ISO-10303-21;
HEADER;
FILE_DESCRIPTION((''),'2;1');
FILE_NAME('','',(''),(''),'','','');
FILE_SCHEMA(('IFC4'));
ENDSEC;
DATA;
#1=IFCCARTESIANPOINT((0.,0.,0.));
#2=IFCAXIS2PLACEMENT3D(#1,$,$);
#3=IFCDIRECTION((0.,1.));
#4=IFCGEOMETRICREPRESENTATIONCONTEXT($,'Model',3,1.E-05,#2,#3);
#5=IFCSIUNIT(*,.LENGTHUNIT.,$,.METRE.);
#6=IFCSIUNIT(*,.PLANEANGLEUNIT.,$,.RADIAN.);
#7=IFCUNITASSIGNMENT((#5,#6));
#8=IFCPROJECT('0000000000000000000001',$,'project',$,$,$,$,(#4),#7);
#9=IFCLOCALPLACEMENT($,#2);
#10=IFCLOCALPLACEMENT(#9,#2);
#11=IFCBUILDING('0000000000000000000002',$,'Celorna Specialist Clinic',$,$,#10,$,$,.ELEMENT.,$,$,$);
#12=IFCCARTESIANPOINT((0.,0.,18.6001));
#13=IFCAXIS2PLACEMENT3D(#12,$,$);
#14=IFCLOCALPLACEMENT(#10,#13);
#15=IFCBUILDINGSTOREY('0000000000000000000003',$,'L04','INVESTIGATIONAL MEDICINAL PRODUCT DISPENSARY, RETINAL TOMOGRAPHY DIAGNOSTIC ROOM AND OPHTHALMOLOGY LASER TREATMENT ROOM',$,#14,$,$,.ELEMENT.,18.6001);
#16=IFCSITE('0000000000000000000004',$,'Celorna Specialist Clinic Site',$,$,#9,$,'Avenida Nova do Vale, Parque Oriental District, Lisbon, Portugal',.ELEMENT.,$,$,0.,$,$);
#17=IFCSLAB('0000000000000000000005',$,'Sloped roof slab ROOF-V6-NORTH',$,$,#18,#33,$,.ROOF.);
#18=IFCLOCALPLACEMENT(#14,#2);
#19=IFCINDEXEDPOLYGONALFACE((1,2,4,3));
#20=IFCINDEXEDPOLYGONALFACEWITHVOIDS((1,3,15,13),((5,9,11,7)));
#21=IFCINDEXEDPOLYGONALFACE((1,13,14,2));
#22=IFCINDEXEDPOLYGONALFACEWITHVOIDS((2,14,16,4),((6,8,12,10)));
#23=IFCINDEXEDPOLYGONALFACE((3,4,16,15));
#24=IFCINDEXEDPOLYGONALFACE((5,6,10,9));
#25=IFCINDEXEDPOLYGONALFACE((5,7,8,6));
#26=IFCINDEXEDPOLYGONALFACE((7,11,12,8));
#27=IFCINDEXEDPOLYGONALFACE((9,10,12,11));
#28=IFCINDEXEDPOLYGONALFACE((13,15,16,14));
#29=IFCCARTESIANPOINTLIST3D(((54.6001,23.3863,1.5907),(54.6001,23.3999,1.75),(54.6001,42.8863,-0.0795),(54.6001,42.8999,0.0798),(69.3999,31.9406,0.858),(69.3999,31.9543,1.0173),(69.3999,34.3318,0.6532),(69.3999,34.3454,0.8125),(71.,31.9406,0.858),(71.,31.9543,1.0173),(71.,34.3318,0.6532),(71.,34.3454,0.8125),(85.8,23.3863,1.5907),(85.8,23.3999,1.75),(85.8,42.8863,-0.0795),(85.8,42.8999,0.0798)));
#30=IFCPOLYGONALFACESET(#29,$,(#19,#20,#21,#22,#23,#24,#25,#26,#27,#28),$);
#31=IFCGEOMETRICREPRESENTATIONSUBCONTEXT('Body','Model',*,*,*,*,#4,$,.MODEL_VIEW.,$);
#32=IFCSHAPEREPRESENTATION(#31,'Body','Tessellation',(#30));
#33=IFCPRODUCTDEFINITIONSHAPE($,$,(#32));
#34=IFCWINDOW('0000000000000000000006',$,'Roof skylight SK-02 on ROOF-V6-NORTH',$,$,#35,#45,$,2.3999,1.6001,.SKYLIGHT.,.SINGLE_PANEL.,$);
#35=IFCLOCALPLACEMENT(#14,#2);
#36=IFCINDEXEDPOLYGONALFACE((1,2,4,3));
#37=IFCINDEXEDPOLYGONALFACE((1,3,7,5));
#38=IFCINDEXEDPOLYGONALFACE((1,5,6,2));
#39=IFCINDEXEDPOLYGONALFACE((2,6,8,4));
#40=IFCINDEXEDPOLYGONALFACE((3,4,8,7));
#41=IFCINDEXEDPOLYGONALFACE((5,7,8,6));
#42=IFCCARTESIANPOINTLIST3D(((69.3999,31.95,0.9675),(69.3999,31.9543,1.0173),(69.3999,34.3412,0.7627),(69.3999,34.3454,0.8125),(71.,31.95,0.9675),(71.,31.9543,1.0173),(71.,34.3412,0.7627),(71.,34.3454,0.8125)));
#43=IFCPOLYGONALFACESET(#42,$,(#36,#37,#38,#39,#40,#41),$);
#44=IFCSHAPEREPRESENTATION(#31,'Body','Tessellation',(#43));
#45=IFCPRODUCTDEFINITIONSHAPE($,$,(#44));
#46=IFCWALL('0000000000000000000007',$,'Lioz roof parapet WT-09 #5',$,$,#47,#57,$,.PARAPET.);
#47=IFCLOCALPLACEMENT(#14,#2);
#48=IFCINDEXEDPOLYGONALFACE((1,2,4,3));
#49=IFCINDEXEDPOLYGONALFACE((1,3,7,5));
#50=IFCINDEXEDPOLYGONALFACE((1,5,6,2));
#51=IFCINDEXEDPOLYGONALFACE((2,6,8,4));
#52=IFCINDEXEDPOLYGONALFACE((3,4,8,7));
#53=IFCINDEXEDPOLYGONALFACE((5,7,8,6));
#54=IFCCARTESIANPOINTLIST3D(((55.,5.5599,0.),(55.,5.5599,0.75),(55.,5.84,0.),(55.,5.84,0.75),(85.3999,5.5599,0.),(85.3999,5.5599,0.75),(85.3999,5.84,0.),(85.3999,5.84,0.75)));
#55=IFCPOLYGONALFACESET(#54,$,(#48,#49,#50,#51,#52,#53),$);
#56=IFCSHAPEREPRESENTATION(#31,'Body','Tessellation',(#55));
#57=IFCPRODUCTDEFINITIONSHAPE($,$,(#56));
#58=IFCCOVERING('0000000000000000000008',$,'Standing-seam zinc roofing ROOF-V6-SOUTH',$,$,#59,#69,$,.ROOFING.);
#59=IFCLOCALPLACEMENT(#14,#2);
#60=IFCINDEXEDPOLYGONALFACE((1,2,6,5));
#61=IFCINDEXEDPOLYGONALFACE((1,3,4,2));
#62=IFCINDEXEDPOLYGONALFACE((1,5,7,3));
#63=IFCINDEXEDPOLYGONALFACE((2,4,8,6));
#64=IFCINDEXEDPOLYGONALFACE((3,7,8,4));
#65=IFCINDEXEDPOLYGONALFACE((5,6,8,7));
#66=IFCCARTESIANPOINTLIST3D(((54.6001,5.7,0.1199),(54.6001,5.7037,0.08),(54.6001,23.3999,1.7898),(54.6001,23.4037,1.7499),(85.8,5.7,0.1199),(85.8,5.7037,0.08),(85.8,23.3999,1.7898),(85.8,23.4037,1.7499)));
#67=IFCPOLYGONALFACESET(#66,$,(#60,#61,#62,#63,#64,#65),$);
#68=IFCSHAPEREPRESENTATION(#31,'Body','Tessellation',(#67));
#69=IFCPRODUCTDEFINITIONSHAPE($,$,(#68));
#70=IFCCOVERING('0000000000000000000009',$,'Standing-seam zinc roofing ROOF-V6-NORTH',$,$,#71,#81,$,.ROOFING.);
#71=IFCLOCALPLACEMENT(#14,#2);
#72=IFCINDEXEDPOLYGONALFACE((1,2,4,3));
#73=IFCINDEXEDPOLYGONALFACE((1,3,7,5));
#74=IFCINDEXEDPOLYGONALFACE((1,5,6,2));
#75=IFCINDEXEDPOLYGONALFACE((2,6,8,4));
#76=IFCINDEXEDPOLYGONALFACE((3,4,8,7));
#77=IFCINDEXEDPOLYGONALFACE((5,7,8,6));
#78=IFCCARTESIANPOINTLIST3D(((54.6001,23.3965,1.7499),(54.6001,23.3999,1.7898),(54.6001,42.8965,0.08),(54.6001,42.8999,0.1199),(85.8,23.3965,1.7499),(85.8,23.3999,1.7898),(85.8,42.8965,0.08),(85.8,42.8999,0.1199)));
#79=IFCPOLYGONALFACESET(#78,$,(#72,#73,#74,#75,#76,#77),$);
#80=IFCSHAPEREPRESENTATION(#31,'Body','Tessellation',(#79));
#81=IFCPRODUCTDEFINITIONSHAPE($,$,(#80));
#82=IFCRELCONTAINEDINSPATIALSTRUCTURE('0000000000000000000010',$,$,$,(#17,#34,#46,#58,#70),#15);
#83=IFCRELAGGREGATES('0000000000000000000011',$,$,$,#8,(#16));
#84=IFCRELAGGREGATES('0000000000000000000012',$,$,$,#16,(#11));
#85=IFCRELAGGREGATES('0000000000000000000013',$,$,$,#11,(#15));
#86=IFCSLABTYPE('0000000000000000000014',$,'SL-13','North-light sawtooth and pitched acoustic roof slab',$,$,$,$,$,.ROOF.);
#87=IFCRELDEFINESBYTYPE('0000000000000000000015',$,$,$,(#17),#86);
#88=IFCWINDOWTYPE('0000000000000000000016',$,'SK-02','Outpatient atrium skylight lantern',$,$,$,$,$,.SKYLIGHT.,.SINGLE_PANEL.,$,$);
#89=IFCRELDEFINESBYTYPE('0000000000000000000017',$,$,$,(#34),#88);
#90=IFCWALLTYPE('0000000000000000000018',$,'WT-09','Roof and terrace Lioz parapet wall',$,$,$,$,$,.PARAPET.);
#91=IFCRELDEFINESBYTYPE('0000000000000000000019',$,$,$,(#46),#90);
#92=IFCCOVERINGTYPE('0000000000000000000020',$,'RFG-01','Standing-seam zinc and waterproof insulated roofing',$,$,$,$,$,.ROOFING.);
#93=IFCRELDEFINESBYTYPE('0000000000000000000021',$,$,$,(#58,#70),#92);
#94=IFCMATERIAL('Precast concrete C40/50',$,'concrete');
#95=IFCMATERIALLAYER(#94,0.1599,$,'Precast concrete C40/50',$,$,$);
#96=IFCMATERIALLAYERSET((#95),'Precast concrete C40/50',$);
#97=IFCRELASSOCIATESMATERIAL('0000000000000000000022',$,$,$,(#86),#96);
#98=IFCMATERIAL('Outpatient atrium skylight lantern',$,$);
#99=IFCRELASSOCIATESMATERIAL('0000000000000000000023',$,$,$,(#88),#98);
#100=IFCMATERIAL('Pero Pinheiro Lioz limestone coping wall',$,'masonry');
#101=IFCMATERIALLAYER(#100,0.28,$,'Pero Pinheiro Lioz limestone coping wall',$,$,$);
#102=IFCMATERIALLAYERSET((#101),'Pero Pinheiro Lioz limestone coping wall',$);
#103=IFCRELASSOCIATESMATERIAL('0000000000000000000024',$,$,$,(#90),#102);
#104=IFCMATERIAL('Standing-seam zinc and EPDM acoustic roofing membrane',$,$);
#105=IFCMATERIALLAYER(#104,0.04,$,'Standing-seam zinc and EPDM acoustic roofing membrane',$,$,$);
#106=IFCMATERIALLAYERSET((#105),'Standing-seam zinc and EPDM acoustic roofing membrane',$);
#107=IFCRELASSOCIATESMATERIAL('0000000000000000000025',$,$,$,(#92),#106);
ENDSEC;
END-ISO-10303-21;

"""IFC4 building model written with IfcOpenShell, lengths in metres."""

from ifc_helpers import new_model, si_unit, direction, frame, frame_2d, origin, origin_2d, place, context, subcontext, project, spatial, polyline, rectangle, outline, extrude, material, layer, layer_set, type_object, element, fill, save


model = new_model("IFC4")

# Units and contexts
model_context = context("Model", 3, precision=1e-05, world=origin(), true_north=direction((0.0, 1.0)))
body_context = subcontext(model_context, "Body", "Model", "MODEL_VIEW")
ifc_project = project(units=[si_unit("LENGTHUNIT", "METRE"), si_unit("PLANEANGLEUNIT", "RADIAN")], contexts=[model_context])

# Site, building, storey
site_placement = place(None, origin())
site = spatial("IfcSite", under=ifc_project, at=site_placement, Name="Celorna Specialist Clinic Site", LongName="Avenida Nova do Vale, Parque Oriental District, Lisbon, Portugal", CompositionType="ELEMENT", RefElevation=0.0)
building_placement = place(site_placement, origin())
building = spatial("IfcBuilding", under=site, at=building_placement, Name="Celorna Specialist Clinic", CompositionType="ELEMENT")
storey_placement = place(building_placement, frame((0.0, 0.0, 18.6001)))
storey = spatial("IfcBuildingStorey", under=building, at=storey_placement, Name="L04", Description="INVESTIGATIONAL MEDICINAL PRODUCT DISPENSARY, RETINAL TOMOGRAPHY DIAGNOSTIC ROOM AND OPHTHALMOLOGY LASER TREATMENT ROOM", CompositionType="ELEMENT", Elevation=18.6001)

# Slab, opening, window
ifc_material_1 = material(Name="Precast concrete C40/50", Category="concrete")
ifc_layer_1 = layer(ifc_material_1, 0.1599, Name="Precast concrete C40/50")
ifc_layer_set_1 = layer_set([ifc_layer_1], Name="Precast concrete C40/50")
slab_type = type_object("IfcSlabType", Name="SL-13", Description="North-light sawtooth and pitched acoustic roof slab", PredefinedType="ROOF", material=ifc_layer_set_1)
ifc_material_2 = material(Name="Outpatient atrium skylight lantern")
window_type = type_object("IfcWindowType", Name="SK-02", Description="Outpatient atrium skylight lantern", PartitioningType="SINGLE_PANEL", PredefinedType="SKYLIGHT", material=ifc_material_2)
slab_1_placement = place(storey_placement, frame((54.6001, 23.3999, 1.75), z_axis=(0.0, 0.085337, 0.996352), x_axis=(1.0, 0.0, 0.0)))
slab_1 = element("IfcSlab", 1, at=slab_1_placement, inside=storey, type_object=slab_type, Name="Sloped roof slab ROOF-V6-NORTH", PredefinedType="ROOF", context=body_context, shape_type="SweptSolid", body=[
    extrude(outline(polyline([(0.0, 0.0), (31.2, 0.0), (31.2, 19.5714), (0.0, 19.5714), (0.0, 0.0)])), origin(), (0.0, 0.0, -1.0), 0.1599),
])
opening_1_placement = place(slab_1_placement, frame((15.5999, 9.7856, 0.01)))
opening_1 = element("IfcOpeningElement", 2, at=opening_1_placement, cuts=slab_1, PredefinedType="OPENING", context=body_context, shape_type="SweptSolid", body=[
    extrude(rectangle(XDim=1.6001, YDim=2.3999, at=origin_2d()), origin(), (0.0, 0.0, -1.0), 0.1799),
])
window_1_placement = place(opening_1_placement, frame((0.0, 0.0, -0.01)))
window_1 = element("IfcWindow", 3, at=window_1_placement, inside=storey, type_object=window_type, Name="Roof skylight SK-02 on ROOF-V6-NORTH", OverallHeight=2.3999, OverallWidth=1.6001, PartitioningType="SINGLE_PANEL", PredefinedType="SKYLIGHT", context=body_context, shape_type="SweptSolid", body=[
    extrude(rectangle(XDim=1.6001, YDim=2.3999, at=origin_2d()), origin(), (0.0, 0.0, -1.0), 0.05),
])
fill(opening_1, window_1)

# Wall
ifc_material_3 = material(Name="Pero Pinheiro Lioz limestone coping wall", Category="masonry")
ifc_layer_2 = layer(ifc_material_3, 0.28, Name="Pero Pinheiro Lioz limestone coping wall")
ifc_layer_set_2 = layer_set([ifc_layer_2], Name="Pero Pinheiro Lioz limestone coping wall")
wall_type = type_object("IfcWallType", Name="WT-09", Description="Roof and terrace Lioz parapet wall", PredefinedType="PARAPET", material=ifc_layer_set_2)
wall_placement = place(storey_placement, frame((55.0, 5.7, 0.0), z_axis=(0.0, 0.0, 1.0), x_axis=(1.0, 0.0, 0.0)))
element("IfcWall", 4, at=wall_placement, inside=storey, type_object=wall_type, Name="Lioz roof parapet WT-09 #5", PredefinedType="PARAPET", context=body_context, shape_type="SweptSolid", body=[
    extrude(rectangle(XDim=30.3999, YDim=0.28, at=frame_2d((15.2, 0.0))), origin(), (0.0, 0.0, 1.0), 0.75),
])

# Coverings
ifc_material_4 = material(Name="Standing-seam zinc and EPDM acoustic roofing membrane")
ifc_layer_3 = layer(ifc_material_4, 0.04, Name="Standing-seam zinc and EPDM acoustic roofing membrane")
ifc_layer_set_3 = layer_set([ifc_layer_3], Name="Standing-seam zinc and EPDM acoustic roofing membrane")
covering_type = type_object("IfcCoveringType", Name="RFG-01", Description="Standing-seam zinc and waterproof insulated roofing", PredefinedType="ROOFING", material=ifc_layer_set_3)
covering_1_placement = place(storey_placement, frame((54.6001, 5.7, 0.1199), z_axis=(0.0, -0.093929, 0.995579), x_axis=(1.0, 0.0, 0.0)))
element("IfcCovering", 5, at=covering_1_placement, inside=storey, type_object=covering_type, Name="Standing-seam zinc roofing ROOF-V6-SOUTH", PredefinedType="ROOFING", context=body_context, shape_type="SweptSolid", body=[
    extrude(outline(polyline([(0.0, 0.0), (31.2, 0.0), (31.2, 17.7786), (0.0, 17.7786), (0.0, 0.0)])), origin(), (0.0, 0.0, -1.0), 0.04),
])
covering_2_placement = place(storey_placement, frame((54.6001, 23.3999, 1.7898), z_axis=(0.0, 0.085325, 0.996353), x_axis=(1.0, 0.0, 0.0)))
element("IfcCovering", 6, at=covering_2_placement, inside=storey, type_object=covering_type, Name="Standing-seam zinc roofing ROOF-V6-NORTH", PredefinedType="ROOFING", context=body_context, shape_type="SweptSolid", body=[
    extrude(outline(polyline([(0.0, 0.0), (31.2, 0.0), (31.2, 19.5714), (0.0, 19.5714), (0.0, 0.0)])), origin(), (0.0, 0.0, -1.0), 0.04),
])

save(model, "model.ifc")
